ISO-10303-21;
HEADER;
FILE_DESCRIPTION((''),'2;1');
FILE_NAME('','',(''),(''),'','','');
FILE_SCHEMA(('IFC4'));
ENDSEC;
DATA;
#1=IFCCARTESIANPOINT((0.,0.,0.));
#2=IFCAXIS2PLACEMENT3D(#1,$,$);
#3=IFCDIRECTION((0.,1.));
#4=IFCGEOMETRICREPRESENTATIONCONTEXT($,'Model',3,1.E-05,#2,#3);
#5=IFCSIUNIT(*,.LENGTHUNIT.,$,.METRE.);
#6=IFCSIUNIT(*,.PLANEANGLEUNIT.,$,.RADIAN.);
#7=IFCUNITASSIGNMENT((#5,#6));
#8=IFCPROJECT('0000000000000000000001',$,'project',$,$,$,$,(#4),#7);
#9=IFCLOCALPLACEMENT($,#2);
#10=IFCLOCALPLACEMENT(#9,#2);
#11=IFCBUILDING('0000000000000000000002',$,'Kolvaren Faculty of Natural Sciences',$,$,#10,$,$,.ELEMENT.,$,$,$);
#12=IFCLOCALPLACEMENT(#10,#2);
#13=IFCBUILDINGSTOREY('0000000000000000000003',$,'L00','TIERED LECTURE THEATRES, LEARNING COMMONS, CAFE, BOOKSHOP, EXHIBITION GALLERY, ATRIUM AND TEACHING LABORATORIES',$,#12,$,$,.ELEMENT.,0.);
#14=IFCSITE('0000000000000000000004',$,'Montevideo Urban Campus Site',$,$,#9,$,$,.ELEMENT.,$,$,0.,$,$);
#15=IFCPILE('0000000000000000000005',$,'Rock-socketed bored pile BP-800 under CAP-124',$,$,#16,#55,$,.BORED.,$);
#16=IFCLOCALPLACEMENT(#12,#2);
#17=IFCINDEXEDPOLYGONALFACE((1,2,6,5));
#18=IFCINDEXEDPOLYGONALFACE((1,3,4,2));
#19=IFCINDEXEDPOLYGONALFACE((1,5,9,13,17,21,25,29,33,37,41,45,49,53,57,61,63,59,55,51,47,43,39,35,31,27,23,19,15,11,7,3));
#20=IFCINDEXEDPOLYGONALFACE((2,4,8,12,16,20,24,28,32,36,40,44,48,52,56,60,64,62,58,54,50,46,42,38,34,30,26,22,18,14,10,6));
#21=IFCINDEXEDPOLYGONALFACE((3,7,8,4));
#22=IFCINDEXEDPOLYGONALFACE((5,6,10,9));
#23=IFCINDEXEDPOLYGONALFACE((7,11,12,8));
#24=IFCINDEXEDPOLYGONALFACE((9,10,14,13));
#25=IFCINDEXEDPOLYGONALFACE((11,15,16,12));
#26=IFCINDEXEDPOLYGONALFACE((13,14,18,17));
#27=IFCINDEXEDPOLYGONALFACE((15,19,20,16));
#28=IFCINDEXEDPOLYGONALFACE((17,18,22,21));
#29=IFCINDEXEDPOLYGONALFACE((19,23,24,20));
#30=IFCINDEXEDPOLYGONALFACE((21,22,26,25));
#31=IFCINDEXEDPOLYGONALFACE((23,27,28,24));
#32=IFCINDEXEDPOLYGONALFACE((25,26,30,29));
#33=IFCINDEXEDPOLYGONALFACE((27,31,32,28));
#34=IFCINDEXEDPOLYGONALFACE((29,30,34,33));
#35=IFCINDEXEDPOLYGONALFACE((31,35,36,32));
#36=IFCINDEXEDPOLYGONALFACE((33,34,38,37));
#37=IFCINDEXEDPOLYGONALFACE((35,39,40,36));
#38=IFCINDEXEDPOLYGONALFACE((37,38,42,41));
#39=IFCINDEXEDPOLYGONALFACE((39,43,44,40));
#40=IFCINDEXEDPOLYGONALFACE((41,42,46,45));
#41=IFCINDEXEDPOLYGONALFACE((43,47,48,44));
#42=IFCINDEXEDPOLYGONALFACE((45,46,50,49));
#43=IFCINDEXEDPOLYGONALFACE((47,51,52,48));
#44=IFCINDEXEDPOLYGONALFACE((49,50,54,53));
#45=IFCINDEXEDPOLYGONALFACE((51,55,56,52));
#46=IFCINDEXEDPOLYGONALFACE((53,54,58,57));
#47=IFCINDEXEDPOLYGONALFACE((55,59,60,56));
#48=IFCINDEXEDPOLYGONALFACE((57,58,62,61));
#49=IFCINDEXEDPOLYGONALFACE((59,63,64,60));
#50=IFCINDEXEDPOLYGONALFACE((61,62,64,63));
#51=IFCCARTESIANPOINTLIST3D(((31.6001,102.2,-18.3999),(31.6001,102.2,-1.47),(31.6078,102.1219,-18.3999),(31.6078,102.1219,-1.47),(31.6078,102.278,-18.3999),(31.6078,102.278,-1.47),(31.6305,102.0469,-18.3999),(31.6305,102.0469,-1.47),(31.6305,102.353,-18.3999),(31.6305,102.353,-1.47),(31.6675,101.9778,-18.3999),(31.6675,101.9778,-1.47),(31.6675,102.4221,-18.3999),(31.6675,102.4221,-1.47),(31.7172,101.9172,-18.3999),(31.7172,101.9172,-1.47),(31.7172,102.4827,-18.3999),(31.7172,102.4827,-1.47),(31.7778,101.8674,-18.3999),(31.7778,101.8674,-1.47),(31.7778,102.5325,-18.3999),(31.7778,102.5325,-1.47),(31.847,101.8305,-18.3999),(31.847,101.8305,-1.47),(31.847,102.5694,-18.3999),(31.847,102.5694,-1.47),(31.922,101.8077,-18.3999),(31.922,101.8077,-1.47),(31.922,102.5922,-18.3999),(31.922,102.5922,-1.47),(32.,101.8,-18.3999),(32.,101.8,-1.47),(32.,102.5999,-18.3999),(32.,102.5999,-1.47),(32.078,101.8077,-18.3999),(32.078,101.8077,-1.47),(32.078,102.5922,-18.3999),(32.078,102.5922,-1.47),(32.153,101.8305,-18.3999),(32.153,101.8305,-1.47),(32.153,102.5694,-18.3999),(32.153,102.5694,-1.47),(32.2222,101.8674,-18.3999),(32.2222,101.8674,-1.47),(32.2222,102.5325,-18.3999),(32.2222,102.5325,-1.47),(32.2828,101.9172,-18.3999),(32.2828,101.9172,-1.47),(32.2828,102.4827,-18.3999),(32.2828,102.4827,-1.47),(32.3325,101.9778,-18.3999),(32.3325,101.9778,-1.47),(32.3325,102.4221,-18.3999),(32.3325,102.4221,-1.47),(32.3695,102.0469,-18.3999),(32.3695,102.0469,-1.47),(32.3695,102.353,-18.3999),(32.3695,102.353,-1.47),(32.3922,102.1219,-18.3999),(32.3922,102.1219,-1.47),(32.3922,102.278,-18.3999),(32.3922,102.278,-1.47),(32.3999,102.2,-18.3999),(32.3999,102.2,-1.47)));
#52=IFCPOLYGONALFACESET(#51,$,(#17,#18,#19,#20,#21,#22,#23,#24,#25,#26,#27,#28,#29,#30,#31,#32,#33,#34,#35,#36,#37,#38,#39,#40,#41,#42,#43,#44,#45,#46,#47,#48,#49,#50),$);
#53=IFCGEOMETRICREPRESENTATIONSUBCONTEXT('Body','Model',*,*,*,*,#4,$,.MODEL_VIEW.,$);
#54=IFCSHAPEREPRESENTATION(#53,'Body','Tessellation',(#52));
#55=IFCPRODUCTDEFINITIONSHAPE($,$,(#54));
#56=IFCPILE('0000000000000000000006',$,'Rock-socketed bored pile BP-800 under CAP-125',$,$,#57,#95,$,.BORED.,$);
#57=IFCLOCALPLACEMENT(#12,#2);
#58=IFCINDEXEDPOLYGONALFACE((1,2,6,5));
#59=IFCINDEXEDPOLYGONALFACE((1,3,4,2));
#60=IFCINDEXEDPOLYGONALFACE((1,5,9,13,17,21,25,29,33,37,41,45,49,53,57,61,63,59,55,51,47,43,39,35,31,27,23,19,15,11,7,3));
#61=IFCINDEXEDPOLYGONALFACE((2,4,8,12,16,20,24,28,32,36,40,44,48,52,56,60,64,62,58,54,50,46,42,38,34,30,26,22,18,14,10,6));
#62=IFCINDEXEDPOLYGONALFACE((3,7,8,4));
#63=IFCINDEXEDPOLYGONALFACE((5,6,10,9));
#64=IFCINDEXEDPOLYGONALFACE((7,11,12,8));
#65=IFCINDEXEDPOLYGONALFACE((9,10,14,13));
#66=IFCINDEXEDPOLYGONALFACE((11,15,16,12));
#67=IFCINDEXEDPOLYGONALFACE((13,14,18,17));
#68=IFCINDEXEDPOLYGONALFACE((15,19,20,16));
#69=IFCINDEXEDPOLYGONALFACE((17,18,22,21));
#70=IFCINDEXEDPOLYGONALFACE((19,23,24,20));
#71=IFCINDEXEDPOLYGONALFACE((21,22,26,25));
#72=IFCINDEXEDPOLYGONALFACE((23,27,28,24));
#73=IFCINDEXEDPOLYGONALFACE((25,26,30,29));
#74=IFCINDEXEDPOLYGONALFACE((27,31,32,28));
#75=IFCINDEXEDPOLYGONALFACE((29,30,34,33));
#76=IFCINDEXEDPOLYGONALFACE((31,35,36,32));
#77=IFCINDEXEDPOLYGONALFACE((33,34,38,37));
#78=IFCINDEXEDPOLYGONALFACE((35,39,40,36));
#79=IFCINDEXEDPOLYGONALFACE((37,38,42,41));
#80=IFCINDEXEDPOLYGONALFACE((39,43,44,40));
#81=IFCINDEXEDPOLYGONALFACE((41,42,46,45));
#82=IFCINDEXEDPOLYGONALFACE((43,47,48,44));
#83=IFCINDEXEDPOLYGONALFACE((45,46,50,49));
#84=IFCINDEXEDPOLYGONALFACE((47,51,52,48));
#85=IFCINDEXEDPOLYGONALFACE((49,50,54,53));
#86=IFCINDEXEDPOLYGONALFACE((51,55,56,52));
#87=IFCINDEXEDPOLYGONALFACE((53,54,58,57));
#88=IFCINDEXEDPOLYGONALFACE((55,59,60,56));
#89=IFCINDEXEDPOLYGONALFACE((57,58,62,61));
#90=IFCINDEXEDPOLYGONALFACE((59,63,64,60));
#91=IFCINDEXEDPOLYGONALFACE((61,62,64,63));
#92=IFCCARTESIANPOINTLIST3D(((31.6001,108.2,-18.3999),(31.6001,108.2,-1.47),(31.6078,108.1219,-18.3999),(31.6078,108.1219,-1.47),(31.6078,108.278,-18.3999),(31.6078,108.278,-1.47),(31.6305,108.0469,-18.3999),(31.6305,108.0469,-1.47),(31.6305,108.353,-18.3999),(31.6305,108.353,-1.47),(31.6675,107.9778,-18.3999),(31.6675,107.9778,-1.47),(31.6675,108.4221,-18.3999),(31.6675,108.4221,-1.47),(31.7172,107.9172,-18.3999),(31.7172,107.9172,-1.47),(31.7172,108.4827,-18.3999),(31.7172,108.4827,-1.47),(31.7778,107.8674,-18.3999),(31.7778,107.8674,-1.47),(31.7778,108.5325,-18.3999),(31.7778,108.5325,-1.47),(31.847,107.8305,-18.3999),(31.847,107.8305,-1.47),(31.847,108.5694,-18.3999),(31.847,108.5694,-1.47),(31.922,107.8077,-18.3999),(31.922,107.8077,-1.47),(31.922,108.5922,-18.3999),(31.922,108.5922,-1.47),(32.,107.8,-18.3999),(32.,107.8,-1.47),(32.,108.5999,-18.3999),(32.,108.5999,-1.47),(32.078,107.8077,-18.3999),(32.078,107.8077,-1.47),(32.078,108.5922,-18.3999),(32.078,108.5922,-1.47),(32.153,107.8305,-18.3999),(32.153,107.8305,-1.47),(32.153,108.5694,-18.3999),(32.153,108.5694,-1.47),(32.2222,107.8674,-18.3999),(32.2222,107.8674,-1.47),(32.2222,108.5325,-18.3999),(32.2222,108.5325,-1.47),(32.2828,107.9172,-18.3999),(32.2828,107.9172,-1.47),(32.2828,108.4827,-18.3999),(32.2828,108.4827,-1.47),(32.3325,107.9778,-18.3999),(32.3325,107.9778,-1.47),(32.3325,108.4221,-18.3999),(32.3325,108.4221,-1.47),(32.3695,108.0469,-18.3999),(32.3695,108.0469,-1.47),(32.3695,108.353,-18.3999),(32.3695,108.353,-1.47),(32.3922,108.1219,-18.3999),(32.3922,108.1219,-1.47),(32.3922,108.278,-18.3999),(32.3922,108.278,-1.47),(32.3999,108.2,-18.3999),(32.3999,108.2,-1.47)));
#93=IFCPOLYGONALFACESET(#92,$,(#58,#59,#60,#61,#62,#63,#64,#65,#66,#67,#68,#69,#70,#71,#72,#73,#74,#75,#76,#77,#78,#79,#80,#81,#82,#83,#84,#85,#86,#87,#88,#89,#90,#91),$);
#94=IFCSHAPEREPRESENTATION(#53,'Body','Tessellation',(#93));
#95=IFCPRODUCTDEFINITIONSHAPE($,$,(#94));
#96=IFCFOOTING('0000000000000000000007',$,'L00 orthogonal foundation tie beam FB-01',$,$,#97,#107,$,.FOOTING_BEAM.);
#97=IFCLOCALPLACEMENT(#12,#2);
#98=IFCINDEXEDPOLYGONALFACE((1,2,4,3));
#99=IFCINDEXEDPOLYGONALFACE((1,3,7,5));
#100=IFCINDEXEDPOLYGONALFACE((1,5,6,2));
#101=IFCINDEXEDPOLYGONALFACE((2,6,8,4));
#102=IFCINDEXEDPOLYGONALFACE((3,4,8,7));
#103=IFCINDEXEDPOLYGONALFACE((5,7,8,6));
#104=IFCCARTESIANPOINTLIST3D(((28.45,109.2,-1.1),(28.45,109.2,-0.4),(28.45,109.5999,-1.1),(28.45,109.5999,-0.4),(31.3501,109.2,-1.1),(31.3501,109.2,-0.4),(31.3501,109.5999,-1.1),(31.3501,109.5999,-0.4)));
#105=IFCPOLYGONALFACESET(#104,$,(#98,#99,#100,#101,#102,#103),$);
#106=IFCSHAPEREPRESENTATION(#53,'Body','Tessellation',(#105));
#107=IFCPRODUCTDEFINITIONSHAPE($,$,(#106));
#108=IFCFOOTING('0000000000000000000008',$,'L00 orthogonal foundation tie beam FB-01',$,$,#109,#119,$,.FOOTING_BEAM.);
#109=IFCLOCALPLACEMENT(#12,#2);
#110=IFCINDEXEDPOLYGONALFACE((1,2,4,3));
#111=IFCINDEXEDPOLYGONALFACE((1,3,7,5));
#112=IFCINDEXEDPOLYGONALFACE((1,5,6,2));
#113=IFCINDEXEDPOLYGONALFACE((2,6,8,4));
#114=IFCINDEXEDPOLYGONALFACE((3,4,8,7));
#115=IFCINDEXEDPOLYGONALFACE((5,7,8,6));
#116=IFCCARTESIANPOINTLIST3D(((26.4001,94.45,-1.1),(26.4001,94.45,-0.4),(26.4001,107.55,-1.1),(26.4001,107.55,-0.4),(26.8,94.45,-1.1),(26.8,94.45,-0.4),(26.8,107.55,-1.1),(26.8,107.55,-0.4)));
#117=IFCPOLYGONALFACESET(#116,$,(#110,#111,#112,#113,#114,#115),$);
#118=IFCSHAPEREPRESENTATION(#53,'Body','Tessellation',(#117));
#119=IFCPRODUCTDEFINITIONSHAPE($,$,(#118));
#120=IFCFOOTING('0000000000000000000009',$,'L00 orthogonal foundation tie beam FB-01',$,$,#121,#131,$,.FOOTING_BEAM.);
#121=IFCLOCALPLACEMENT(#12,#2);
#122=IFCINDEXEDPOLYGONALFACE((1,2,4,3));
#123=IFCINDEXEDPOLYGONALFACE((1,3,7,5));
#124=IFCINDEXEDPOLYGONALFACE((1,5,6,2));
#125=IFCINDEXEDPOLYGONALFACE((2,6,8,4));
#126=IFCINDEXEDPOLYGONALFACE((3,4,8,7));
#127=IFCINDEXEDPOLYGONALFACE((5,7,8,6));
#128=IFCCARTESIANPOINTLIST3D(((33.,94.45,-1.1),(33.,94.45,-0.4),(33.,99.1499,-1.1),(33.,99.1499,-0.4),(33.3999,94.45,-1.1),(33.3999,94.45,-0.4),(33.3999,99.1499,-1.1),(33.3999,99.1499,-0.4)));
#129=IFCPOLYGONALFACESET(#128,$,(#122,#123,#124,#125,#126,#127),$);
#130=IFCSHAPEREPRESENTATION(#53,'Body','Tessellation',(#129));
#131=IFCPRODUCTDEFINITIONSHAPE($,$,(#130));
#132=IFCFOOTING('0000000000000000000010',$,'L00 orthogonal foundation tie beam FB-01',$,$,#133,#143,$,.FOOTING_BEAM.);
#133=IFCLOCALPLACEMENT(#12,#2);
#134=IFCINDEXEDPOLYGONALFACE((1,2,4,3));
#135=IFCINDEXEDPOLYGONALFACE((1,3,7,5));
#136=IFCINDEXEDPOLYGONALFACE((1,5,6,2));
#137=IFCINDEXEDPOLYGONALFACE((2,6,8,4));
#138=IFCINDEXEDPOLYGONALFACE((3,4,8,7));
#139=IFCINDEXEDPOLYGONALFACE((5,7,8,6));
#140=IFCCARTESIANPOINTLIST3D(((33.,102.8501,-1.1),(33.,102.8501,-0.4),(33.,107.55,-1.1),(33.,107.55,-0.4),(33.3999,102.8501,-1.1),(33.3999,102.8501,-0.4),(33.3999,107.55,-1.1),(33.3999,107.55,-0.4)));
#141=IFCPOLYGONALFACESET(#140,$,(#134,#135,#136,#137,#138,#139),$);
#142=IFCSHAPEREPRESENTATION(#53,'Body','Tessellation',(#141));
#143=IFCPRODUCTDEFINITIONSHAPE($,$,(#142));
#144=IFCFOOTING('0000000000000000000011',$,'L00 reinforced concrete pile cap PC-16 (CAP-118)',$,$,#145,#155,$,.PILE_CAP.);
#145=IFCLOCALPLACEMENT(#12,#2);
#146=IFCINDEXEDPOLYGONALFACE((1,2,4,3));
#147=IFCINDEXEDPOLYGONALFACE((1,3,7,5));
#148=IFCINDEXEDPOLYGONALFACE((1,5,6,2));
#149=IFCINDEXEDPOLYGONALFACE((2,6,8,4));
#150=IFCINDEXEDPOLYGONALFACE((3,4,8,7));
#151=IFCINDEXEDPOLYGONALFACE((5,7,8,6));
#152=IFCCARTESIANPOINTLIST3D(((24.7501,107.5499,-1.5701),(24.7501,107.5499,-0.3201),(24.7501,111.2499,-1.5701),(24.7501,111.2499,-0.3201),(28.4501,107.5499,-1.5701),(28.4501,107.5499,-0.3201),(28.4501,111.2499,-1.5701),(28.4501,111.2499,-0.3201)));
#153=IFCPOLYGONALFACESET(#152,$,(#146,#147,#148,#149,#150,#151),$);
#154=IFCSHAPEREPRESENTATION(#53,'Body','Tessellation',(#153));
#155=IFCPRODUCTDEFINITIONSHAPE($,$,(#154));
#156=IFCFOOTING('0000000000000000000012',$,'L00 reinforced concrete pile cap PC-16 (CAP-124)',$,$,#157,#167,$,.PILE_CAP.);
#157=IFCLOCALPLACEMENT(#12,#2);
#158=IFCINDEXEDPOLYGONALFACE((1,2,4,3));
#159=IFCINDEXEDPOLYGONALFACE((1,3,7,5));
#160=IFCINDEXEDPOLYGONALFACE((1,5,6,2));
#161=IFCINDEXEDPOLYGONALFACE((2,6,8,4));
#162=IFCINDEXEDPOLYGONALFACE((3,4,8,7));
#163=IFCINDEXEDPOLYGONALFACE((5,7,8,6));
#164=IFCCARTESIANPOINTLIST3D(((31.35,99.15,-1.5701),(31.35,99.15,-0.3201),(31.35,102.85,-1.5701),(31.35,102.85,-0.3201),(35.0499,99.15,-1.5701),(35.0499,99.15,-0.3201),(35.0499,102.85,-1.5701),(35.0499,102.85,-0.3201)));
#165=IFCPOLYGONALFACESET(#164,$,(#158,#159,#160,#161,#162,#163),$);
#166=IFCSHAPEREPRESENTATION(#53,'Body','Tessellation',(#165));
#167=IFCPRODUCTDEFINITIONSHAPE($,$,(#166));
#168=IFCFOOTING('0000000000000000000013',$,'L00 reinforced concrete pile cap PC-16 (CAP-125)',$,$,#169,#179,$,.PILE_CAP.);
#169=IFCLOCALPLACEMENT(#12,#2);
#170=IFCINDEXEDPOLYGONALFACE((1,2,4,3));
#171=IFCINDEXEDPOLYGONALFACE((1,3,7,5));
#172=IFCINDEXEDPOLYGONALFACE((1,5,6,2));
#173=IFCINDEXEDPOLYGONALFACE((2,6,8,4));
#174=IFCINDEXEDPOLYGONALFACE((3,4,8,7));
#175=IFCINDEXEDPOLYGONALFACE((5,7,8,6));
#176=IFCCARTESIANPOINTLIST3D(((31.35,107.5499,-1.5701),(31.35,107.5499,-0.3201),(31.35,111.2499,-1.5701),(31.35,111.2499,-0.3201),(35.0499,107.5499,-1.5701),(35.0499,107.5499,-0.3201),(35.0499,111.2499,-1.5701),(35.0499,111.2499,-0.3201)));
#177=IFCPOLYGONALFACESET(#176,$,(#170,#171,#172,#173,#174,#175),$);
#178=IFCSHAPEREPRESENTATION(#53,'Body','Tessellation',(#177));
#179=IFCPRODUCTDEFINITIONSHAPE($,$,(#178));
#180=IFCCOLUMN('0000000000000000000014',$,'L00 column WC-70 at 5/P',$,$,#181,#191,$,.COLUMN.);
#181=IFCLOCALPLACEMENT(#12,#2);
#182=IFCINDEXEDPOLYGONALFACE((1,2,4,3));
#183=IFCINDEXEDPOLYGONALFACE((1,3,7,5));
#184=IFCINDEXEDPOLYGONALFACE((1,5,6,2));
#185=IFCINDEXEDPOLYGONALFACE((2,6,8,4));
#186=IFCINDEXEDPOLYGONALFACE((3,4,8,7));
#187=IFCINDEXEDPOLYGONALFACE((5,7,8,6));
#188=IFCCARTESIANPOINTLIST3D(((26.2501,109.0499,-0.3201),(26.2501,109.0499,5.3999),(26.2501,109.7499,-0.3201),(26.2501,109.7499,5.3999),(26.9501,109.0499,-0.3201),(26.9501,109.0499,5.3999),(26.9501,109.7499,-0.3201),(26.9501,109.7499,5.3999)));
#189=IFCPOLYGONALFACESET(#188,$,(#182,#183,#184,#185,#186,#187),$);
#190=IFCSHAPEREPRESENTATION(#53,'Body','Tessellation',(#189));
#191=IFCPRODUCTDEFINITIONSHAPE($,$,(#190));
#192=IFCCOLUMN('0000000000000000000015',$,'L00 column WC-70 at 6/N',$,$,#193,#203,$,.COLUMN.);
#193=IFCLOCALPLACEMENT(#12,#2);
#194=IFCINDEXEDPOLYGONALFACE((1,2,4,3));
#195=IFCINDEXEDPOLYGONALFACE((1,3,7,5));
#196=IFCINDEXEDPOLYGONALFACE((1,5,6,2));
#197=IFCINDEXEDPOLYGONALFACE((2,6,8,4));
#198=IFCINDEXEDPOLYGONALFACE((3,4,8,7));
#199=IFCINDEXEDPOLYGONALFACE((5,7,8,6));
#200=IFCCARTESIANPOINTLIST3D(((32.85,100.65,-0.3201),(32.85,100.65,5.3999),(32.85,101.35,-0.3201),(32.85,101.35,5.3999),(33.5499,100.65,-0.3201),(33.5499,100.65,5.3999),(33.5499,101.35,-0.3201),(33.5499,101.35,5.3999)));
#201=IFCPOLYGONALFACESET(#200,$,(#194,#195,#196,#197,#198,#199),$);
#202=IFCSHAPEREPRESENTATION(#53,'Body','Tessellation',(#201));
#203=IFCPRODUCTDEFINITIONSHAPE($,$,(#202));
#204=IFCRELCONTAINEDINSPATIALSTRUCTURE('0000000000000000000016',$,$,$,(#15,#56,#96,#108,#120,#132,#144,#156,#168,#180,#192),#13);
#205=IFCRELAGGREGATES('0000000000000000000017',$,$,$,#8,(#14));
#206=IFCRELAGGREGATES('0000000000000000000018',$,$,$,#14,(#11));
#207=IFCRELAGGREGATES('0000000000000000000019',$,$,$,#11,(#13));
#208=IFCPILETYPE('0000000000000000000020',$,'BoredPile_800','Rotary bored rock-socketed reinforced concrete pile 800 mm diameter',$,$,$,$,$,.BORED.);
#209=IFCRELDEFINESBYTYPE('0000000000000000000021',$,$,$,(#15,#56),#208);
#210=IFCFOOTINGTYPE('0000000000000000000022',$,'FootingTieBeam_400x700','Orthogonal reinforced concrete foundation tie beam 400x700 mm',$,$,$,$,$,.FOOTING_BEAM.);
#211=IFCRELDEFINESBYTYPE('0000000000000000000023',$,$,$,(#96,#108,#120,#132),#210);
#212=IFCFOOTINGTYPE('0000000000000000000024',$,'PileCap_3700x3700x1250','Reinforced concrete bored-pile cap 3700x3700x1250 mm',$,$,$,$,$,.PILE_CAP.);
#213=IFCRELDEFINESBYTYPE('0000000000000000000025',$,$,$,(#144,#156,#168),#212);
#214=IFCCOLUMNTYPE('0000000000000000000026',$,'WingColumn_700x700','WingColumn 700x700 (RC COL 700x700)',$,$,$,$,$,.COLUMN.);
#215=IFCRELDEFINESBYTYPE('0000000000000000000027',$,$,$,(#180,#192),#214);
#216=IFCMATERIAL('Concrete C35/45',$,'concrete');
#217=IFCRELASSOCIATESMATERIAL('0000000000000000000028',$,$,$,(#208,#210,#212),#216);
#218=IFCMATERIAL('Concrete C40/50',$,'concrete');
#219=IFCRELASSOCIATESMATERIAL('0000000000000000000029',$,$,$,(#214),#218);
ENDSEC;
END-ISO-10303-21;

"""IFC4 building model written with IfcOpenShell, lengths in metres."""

from ifc_helpers import new_model, si_unit, direction, frame, origin, origin_2d, place, context, subcontext, project, spatial, rectangle, circle, extrude, material, material_profile, profile_set, type_object, element, save


model = new_model("IFC4")

# Units and contexts
model_context = context("Model", 3, precision=1e-05, world=origin(), true_north=direction((0.0, 1.0)))
body_context = subcontext(model_context, "Body", "Model", "MODEL_VIEW")
ifc_project = project(units=[si_unit("LENGTHUNIT", "METRE"), si_unit("PLANEANGLEUNIT", "RADIAN")], contexts=[model_context])

# Site, building, storey
site_placement = place(None, origin())
site = spatial("IfcSite", under=ifc_project, at=site_placement, Name="Montevideo Urban Campus Site", CompositionType="ELEMENT", RefElevation=0.0)
building_placement = place(site_placement, origin())
building = spatial("IfcBuilding", under=site, at=building_placement, Name="Kolvaren Faculty of Natural Sciences", CompositionType="ELEMENT")
storey_placement = place(building_placement, origin())
storey = spatial("IfcBuildingStorey", under=building, at=storey_placement, Name="L00", Description="TIERED LECTURE THEATRES, LEARNING COMMONS, CAFE, BOOKSHOP, EXHIBITION GALLERY, ATRIUM AND TEACHING LABORATORIES", CompositionType="ELEMENT", Elevation=0.0)

# Piles
ifc_material_1 = material(Name="Concrete C35/45", Category="concrete")
ifc_material_profile_1 = material_profile(ifc_material_1, circle(Radius=0.3999, at=origin_2d()), Name="PILE D800")
ifc_profile_set_1 = profile_set([ifc_material_profile_1], Name="Concrete C35/45")
pile_type = type_object("IfcPileType", Name="BoredPile_800", Description="Rotary bored rock-socketed reinforced concrete pile 800 mm diameter", PredefinedType="BORED", material=ifc_profile_set_1)
for number, where, z_axis, x_axis, name in (
    (1, (32.0, 102.2, -1.47), (0.0, 0.0, -1.0), (1.0, 0.0, 0.0), "Rock-socketed bored pile BP-800 under CAP-124"),
    (2, (32.0, 108.2, -1.47), (0.0, 0.0, -1.0), (1.0, 0.0, 0.0), "Rock-socketed bored pile BP-800 under CAP-125"),
):
    element("IfcPile", number, at=place(storey_placement, frame(where, z_axis=z_axis, x_axis=x_axis)), inside=storey, type_object=pile_type, Name=name, PredefinedType="BORED", context=body_context, shape_type="SweptSolid", body=[
        extrude(circle(Radius=0.3999, at=origin_2d()), origin(), (0.0, 0.0, 1.0), 16.9299),
    ])

# Footings
ifc_material_profile_2 = material_profile(ifc_material_1, rectangle(XDim=0.3999, YDim=0.7, at=origin_2d()), Name="RC FB 400x700")
ifc_profile_set_2 = profile_set([ifc_material_profile_2], Name="Concrete C35/45")
footing_type_1 = type_object("IfcFootingType", Name="FootingTieBeam_400x700", Description="Orthogonal reinforced concrete foundation tie beam 400x700 mm", PredefinedType="FOOTING_BEAM", material=ifc_profile_set_2)
footing_1_placement = place(storey_placement, frame((28.45, 109.3999, -0.75), z_axis=(1.0, 0.0, 0.0), x_axis=(0.0, 1.0, 0.0)))
element("IfcFooting", 3, at=footing_1_placement, inside=storey, type_object=footing_type_1, Name="L00 orthogonal foundation tie beam FB-01", PredefinedType="FOOTING_BEAM", context=body_context, shape_type="SweptSolid", body=[
    extrude(rectangle(XDim=0.3999, YDim=0.7, at=origin_2d()), origin(), (0.0, 0.0, 1.0), 2.9001),
])
footing_2_placement = place(storey_placement, frame((26.6001, 94.45, -0.75), z_axis=(0.0, 1.0, 0.0), x_axis=(-1.0, 0.0, 0.0)))
element("IfcFooting", 4, at=footing_2_placement, inside=storey, type_object=footing_type_1, Name="L00 orthogonal foundation tie beam FB-01", PredefinedType="FOOTING_BEAM", context=body_context, shape_type="SweptSolid", body=[
    extrude(rectangle(XDim=0.3999, YDim=0.7, at=origin_2d()), origin(), (0.0, 0.0, 1.0), 13.1001),
])
for number, where, z_axis, x_axis, name in (
    (5, (33.2, 94.45, -0.75), (0.0, 1.0, 0.0), (-1.0, 0.0, 0.0), "L00 orthogonal foundation tie beam FB-01"),
    (6, (33.2, 102.8501, -0.75), (0.0, 1.0, 0.0), (-1.0, 0.0, 0.0), "L00 orthogonal foundation tie beam FB-01"),
):
    element("IfcFooting", number, at=place(storey_placement, frame(where, z_axis=z_axis, x_axis=x_axis)), inside=storey, type_object=footing_type_1, Name=name, PredefinedType="FOOTING_BEAM", context=body_context, shape_type="SweptSolid", body=[
        extrude(rectangle(XDim=0.3999, YDim=0.7, at=origin_2d()), origin(), (0.0, 0.0, 1.0), 4.7),
    ])
footing_type_2 = type_object("IfcFootingType", Name="PileCap_3700x3700x1250", Description="Reinforced concrete bored-pile cap 3700x3700x1250 mm", PredefinedType="PILE_CAP", material=ifc_material_1)
for number, where, z_axis, x_axis, name in (
    (7, (26.6001, 109.3999, -1.5701), (0.0, 0.0, 1.0), (1.0, 0.0, 0.0), "L00 reinforced concrete pile cap PC-16 (CAP-118)"),
    (8, (33.2, 101.0, -1.5701), (0.0, 0.0, 1.0), (1.0, 0.0, 0.0), "L00 reinforced concrete pile cap PC-16 (CAP-124)"),
    (9, (33.2, 109.3999, -1.5701), (0.0, 0.0, 1.0), (1.0, 0.0, 0.0), "L00 reinforced concrete pile cap PC-16 (CAP-125)"),
):
    element("IfcFooting", number, at=place(storey_placement, frame(where, z_axis=z_axis, x_axis=x_axis)), inside=storey, type_object=footing_type_2, Name=name, PredefinedType="PILE_CAP", context=body_context, shape_type="SweptSolid", body=[
        extrude(rectangle(XDim=3.7, YDim=3.7, at=origin_2d()), origin(), (0.0, 0.0, 1.0), 1.25),
    ])

# Columns
ifc_material_2 = material(Name="Concrete C40/50", Category="concrete")
ifc_material_profile_3 = material_profile(ifc_material_2, rectangle(XDim=0.7, YDim=0.7, at=origin_2d()), Name="RC COL 700x700")
ifc_profile_set_3 = profile_set([ifc_material_profile_3], Name="Concrete C40/50")
column_type = type_object("IfcColumnType", Name="WingColumn_700x700", Description="WingColumn 700x700 (RC COL 700x700)", PredefinedType="COLUMN", material=ifc_profile_set_3)
for number, where, z_axis, x_axis, name in (
    (10, (26.6001, 109.3999, -0.3201), (0.0, 0.0, 1.0), (1.0, 0.0, 0.0), "L00 column WC-70 at 5/P"),
    (11, (33.2, 101.0, -0.3201), (0.0, 0.0, 1.0), (1.0, 0.0, 0.0), "L00 column WC-70 at 6/N"),
):
    element("IfcColumn", number, at=place(storey_placement, frame(where, z_axis=z_axis, x_axis=x_axis)), inside=storey, type_object=column_type, Name=name, PredefinedType="COLUMN", context=body_context, shape_type="SweptSolid", body=[
        extrude(rectangle(XDim=0.7, YDim=0.7, at=origin_2d()), origin(), (0.0, 0.0, 1.0), 5.72),
    ])

save(model, "model.ifc")
